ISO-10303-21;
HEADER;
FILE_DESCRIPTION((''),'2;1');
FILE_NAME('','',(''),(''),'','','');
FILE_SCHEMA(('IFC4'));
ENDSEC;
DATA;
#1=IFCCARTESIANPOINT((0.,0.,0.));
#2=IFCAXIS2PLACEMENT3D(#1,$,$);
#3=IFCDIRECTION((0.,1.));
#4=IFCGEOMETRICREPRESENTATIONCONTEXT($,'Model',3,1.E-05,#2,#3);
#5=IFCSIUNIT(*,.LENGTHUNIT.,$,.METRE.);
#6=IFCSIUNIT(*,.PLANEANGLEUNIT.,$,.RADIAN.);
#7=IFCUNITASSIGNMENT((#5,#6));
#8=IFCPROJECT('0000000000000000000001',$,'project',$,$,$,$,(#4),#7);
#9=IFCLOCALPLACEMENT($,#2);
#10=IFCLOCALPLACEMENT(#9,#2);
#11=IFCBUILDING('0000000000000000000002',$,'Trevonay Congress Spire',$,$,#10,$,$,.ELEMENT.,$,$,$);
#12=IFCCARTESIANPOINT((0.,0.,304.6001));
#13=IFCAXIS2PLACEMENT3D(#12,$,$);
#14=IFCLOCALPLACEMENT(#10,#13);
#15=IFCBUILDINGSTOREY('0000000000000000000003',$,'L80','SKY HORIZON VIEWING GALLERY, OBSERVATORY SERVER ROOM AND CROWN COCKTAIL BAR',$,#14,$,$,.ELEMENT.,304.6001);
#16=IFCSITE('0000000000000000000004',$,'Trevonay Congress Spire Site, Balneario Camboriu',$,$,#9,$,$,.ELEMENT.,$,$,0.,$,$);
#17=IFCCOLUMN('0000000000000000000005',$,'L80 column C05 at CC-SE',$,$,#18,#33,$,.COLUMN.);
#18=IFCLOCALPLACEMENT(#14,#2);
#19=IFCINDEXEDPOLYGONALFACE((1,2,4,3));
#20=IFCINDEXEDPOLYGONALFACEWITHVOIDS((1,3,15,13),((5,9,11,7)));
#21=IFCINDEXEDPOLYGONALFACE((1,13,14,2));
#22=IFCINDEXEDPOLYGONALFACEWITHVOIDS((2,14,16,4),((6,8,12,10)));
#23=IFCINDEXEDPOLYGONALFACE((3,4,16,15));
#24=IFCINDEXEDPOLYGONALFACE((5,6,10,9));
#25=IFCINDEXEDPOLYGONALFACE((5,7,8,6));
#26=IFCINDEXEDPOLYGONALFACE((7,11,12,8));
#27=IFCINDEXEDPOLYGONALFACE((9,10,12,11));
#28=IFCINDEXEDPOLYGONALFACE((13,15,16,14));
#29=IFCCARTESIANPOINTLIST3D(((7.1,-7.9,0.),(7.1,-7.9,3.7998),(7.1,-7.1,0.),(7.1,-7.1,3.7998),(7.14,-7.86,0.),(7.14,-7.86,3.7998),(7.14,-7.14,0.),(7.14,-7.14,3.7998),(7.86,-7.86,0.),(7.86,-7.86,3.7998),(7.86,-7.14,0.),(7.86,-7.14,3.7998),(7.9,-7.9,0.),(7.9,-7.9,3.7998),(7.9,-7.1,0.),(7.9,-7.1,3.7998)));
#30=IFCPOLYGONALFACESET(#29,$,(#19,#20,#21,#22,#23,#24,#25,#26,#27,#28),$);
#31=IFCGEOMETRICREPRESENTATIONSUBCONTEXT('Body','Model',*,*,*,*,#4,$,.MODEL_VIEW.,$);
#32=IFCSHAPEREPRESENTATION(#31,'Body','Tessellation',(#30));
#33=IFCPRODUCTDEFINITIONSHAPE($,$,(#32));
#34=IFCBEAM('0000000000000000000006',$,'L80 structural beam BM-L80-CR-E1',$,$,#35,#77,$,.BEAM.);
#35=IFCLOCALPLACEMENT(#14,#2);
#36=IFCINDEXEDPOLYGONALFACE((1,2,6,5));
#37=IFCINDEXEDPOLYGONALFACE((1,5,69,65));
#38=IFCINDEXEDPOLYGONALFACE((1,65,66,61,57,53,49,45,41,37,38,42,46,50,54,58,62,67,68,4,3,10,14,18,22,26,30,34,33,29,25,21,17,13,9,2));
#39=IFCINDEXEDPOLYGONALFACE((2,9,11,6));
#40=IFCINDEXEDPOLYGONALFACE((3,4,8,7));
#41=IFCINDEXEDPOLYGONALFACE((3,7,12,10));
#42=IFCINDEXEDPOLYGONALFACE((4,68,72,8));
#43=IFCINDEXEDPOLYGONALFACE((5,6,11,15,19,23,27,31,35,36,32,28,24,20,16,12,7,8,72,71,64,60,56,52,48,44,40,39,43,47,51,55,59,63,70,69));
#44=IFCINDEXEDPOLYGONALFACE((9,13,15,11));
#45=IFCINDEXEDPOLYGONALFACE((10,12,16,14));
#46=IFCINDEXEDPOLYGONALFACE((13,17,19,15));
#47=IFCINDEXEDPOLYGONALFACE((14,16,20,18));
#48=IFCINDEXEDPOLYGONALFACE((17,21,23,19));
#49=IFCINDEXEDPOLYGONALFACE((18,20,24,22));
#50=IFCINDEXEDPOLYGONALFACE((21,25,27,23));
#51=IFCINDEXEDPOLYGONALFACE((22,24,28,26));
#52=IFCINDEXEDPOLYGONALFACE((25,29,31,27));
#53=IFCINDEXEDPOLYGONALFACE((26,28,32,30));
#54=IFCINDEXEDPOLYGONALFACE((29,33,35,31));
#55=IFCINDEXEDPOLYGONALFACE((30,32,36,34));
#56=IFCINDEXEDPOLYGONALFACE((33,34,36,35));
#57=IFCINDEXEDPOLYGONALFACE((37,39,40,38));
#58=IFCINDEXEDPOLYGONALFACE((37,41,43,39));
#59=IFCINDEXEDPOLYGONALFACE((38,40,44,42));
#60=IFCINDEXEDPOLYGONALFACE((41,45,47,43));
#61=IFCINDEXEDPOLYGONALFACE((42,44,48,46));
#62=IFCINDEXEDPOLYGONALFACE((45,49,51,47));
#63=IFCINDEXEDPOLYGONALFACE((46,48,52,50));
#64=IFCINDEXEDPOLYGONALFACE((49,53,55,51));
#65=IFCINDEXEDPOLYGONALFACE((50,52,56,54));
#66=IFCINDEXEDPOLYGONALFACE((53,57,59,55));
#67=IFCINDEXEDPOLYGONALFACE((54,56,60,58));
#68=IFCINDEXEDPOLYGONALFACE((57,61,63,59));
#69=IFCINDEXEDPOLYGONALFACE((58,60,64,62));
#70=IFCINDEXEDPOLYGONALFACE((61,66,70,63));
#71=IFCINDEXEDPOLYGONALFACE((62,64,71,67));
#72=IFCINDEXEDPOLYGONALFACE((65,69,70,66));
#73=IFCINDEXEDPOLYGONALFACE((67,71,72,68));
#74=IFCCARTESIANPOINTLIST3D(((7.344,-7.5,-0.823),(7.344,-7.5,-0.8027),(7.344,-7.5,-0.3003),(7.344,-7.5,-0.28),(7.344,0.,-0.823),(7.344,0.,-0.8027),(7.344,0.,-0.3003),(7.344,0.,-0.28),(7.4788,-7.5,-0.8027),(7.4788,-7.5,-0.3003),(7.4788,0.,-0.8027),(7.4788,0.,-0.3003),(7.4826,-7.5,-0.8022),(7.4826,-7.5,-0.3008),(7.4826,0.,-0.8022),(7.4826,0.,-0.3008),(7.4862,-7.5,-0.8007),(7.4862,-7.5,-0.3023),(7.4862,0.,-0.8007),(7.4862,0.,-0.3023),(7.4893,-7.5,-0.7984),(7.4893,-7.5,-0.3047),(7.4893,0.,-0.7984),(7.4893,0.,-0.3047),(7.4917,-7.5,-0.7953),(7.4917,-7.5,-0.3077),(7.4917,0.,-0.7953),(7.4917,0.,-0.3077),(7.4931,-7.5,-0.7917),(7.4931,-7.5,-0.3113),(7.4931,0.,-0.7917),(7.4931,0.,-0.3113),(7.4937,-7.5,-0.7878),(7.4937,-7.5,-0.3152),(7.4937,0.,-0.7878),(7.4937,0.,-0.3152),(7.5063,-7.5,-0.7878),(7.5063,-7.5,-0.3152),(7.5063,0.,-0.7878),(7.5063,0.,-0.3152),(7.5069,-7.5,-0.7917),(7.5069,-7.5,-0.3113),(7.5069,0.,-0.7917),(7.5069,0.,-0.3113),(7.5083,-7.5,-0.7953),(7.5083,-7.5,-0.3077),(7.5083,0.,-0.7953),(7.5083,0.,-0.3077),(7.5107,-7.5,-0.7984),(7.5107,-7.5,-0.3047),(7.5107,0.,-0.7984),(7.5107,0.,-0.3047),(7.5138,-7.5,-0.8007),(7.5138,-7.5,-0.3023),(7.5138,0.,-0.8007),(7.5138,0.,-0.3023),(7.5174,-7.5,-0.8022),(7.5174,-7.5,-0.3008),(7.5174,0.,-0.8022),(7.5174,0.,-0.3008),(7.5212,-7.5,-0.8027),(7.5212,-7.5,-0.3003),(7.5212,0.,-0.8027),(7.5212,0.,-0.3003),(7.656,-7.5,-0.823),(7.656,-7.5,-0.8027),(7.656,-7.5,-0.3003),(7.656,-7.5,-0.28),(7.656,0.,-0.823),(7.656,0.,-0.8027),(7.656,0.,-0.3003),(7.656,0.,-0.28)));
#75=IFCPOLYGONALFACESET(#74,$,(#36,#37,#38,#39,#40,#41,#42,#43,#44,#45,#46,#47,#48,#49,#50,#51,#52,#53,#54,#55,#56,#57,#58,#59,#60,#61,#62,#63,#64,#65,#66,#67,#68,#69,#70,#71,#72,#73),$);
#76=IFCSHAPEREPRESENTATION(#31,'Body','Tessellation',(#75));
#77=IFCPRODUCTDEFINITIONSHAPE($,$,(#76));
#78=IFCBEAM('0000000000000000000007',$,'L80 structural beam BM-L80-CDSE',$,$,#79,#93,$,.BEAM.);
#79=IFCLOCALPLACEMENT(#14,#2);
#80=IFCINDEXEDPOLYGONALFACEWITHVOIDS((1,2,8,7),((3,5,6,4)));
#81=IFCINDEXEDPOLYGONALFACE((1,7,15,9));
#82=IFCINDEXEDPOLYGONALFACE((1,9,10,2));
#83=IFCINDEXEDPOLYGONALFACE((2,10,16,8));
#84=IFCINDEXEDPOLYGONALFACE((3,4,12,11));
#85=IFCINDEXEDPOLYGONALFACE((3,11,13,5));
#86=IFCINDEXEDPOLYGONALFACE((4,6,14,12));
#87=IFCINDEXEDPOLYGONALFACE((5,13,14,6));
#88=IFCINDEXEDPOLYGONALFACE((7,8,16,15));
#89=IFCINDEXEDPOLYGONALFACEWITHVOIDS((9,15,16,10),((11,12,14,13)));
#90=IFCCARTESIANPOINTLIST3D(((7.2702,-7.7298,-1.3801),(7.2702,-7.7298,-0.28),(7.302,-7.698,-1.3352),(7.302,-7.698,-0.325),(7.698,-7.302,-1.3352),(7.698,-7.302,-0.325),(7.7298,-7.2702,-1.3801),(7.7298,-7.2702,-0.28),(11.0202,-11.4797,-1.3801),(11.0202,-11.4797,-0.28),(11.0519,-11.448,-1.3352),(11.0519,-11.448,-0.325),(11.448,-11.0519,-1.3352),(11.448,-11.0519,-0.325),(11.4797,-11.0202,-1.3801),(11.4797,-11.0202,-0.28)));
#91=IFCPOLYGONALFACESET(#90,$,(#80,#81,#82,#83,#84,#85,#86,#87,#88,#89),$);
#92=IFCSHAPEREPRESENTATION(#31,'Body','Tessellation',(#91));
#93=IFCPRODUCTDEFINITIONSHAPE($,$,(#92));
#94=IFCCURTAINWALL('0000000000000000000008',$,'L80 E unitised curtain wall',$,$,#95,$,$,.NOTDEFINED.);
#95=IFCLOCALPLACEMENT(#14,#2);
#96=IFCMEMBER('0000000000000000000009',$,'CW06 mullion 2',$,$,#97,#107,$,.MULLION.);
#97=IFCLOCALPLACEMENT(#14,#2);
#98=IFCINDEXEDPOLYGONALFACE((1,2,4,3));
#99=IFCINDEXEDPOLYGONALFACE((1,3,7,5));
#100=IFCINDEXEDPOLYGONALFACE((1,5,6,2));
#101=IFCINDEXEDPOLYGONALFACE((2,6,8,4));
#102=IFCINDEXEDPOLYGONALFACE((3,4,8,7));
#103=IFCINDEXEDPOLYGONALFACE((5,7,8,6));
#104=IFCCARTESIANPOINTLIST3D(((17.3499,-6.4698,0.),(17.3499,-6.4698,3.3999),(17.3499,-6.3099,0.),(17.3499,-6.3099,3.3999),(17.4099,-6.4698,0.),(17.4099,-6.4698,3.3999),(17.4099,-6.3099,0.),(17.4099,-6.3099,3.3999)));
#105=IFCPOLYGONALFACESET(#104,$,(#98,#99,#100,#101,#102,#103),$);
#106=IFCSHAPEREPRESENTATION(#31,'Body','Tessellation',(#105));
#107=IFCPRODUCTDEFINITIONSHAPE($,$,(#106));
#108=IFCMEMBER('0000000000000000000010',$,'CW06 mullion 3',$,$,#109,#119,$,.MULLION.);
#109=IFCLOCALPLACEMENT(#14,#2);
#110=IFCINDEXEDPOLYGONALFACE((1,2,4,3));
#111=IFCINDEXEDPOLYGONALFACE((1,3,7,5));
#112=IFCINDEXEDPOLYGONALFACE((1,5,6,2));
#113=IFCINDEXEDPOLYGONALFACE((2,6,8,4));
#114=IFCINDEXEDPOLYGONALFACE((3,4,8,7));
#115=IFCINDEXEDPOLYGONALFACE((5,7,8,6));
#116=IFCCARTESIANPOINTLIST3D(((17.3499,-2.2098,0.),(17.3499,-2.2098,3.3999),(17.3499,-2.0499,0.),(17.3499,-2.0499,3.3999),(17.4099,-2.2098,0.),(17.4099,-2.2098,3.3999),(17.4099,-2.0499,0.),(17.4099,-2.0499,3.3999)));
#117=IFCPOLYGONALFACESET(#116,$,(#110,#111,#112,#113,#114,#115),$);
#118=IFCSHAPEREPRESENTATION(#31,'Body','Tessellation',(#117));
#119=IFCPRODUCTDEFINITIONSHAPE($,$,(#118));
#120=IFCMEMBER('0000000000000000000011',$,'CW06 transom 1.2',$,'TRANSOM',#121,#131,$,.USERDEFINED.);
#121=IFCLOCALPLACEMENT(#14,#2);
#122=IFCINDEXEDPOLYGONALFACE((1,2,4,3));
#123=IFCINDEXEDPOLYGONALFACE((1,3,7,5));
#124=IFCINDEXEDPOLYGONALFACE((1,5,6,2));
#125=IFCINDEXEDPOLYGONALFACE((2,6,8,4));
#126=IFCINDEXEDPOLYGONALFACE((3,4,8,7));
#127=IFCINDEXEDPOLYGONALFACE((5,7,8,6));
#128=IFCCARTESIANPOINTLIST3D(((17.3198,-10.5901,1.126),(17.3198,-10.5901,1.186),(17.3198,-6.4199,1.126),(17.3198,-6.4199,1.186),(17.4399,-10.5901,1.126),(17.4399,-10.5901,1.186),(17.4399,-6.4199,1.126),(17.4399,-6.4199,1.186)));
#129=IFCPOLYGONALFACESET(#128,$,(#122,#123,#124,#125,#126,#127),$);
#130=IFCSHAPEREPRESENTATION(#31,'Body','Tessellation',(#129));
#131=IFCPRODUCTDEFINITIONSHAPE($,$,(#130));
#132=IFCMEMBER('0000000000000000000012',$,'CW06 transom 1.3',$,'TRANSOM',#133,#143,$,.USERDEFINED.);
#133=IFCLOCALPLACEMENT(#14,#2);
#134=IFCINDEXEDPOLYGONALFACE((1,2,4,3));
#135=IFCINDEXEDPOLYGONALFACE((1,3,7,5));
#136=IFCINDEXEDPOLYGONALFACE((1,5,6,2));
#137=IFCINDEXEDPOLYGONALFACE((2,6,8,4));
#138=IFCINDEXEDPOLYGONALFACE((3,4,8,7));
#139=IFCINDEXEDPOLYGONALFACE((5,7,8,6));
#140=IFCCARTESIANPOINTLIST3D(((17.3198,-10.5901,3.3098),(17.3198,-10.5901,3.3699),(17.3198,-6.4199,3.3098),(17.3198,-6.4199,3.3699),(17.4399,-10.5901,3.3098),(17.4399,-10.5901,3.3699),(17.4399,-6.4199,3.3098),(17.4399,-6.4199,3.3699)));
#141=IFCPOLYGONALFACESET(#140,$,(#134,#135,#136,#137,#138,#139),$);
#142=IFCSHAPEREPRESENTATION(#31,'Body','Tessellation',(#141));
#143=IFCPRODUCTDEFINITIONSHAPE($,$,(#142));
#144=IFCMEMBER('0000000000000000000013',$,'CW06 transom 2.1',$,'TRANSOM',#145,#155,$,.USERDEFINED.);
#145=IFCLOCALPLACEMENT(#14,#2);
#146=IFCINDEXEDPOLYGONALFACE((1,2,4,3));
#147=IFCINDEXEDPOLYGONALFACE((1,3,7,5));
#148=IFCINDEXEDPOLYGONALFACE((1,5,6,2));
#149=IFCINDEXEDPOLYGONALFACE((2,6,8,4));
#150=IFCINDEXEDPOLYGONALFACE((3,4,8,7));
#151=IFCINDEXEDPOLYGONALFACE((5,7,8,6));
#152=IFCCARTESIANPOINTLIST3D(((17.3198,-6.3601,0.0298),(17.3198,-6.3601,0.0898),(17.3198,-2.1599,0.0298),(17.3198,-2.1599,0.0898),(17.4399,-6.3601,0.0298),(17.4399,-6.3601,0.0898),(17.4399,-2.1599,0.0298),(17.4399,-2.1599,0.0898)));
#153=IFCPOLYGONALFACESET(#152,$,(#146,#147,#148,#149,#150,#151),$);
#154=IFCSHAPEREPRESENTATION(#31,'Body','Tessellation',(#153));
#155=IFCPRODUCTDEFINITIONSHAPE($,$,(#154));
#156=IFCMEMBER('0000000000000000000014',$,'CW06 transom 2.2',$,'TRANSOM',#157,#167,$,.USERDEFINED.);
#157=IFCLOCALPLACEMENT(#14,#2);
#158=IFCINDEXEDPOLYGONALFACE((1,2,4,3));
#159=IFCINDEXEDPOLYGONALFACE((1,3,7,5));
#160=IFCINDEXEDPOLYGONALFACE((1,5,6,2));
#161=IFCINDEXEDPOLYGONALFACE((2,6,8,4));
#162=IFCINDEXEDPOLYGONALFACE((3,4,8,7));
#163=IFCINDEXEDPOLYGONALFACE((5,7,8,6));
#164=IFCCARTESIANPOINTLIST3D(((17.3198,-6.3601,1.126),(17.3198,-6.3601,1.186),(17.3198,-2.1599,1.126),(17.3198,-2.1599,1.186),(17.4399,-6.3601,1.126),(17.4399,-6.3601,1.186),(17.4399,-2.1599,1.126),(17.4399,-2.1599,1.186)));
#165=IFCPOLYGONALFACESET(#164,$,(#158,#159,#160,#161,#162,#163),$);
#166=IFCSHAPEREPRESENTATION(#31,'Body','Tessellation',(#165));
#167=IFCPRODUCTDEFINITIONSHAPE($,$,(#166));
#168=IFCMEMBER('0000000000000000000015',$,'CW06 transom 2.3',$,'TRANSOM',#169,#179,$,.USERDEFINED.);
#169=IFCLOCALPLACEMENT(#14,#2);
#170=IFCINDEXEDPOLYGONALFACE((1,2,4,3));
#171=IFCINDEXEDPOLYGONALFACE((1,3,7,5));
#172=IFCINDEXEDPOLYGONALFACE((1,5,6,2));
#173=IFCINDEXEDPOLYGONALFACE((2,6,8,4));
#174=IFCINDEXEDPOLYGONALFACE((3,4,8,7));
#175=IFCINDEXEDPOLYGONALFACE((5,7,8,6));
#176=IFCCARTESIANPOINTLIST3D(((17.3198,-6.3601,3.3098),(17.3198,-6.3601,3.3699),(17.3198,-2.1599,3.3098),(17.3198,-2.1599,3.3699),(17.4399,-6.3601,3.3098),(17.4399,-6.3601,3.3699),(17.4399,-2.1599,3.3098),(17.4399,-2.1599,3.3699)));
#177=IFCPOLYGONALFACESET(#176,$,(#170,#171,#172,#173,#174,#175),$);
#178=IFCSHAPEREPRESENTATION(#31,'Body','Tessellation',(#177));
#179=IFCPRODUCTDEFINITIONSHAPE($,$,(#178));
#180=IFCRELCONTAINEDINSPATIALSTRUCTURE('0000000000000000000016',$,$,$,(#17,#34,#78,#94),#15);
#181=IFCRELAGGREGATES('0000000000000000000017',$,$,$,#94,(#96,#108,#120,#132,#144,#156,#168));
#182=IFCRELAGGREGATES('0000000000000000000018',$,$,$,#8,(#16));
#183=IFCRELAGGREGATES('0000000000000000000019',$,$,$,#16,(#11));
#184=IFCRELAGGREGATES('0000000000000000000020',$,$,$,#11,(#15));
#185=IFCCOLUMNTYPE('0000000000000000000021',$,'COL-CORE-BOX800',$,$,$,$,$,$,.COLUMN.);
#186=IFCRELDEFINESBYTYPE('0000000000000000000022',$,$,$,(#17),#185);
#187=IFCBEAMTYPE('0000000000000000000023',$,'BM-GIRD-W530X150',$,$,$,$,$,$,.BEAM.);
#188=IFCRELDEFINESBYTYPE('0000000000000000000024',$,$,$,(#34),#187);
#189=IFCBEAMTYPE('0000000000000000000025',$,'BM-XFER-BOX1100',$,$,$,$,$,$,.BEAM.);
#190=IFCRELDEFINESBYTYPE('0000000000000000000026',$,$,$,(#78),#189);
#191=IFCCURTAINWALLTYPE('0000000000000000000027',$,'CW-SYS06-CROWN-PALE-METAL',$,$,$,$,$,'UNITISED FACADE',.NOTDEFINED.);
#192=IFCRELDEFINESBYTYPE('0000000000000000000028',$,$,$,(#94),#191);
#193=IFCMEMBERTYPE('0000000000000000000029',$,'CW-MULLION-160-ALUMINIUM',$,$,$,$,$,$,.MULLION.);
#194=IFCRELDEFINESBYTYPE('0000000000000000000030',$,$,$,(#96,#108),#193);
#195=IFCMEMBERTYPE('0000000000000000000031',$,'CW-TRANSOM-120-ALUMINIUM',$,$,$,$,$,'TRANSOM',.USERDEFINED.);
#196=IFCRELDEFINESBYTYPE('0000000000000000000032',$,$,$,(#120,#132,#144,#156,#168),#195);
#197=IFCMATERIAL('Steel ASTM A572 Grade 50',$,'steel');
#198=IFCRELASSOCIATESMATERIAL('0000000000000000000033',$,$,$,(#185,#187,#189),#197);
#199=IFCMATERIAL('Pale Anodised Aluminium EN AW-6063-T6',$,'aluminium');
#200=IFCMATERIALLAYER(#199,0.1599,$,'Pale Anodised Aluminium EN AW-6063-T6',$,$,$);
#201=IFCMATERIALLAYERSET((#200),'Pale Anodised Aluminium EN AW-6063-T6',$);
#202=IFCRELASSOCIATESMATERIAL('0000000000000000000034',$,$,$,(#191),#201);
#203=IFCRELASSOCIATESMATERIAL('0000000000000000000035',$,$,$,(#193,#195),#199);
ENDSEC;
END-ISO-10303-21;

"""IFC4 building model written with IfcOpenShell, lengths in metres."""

from ifc_helpers import new_model, si_unit, direction, frame, origin, origin_2d, place, context, subcontext, project, spatial, rectangle, hollow_rectangle, i_section, extrude, material, layer, layer_set, material_profile, profile_set, type_object, element, aggregate, save


model = new_model("IFC4")

# Units and contexts
model_context = context("Model", 3, precision=1e-05, world=origin(), true_north=direction((0.0, 1.0)))
body_context = subcontext(model_context, "Body", "Model", "MODEL_VIEW")
ifc_project = project(units=[si_unit("LENGTHUNIT", "METRE"), si_unit("PLANEANGLEUNIT", "RADIAN")], contexts=[model_context])

# Site, building, storey
site_placement = place(None, origin())
site = spatial("IfcSite", under=ifc_project, at=site_placement, Name="Trevonay Congress Spire Site, Balneario Camboriu", CompositionType="ELEMENT", RefElevation=0.0)
building_placement = place(site_placement, origin())
building = spatial("IfcBuilding", under=site, at=building_placement, Name="Trevonay Congress Spire", CompositionType="ELEMENT")
storey_placement = place(building_placement, frame((0.0, 0.0, 304.6001)))
storey = spatial("IfcBuildingStorey", under=building, at=storey_placement, Name="L80", Description="SKY HORIZON VIEWING GALLERY, OBSERVATORY SERVER ROOM AND CROWN COCKTAIL BAR", CompositionType="ELEMENT", Elevation=304.6001)

# Column
ifc_material_1 = material(Name="Steel ASTM A572 Grade 50", Category="steel")
ifc_material_profile_1 = material_profile(ifc_material_1, hollow_rectangle(XDim=0.8, YDim=0.8, WallThickness=0.04, at=origin_2d()), Name="BOX 800x800x40")
ifc_profile_set_1 = profile_set([ifc_material_profile_1], Name="Steel ASTM A572 Grade 50")
column_type = type_object("IfcColumnType", Name="COL-CORE-BOX800", PredefinedType="COLUMN", material=ifc_profile_set_1)
column_placement = place(storey_placement, frame((7.5, -7.5, 0.0), z_axis=(0.0, 0.0, 1.0), x_axis=(1.0, 0.0, 0.0)))
element("IfcColumn", 1, at=column_placement, inside=storey, type_object=column_type, Name="L80 column C05 at CC-SE", PredefinedType="COLUMN", context=body_context, shape_type="SweptSolid", body=[
    extrude(hollow_rectangle(XDim=0.8, YDim=0.8, WallThickness=0.04, at=origin_2d()), origin(), (0.0, 0.0, 1.0), 3.7998),
])

# Beams
ifc_material_profile_2 = material_profile(ifc_material_1, i_section(OverallWidth=0.312, OverallDepth=0.543, WebThickness=0.0127, FlangeThickness=0.0203, FilletRadius=0.0149, at=origin_2d()), Name="W530x150")
ifc_profile_set_2 = profile_set([ifc_material_profile_2], Name="Steel ASTM A572 Grade 50")
beam_type_1 = type_object("IfcBeamType", Name="BM-GIRD-W530X150", PredefinedType="BEAM", material=ifc_profile_set_2)
beam_1_placement = place(storey_placement, frame((7.5, -7.5, -0.5515), z_axis=(0.0, 1.0, 0.0), x_axis=(-1.0, 0.0, 0.0)))
element("IfcBeam", 2, at=beam_1_placement, inside=storey, type_object=beam_type_1, Name="L80 structural beam BM-L80-CR-E1", PredefinedType="BEAM", context=body_context, shape_type="SweptSolid", body=[
    extrude(i_section(OverallWidth=0.312, OverallDepth=0.543, WebThickness=0.0127, FlangeThickness=0.0203, FilletRadius=0.0149, at=origin_2d()), origin(), (0.0, 0.0, 1.0), 7.5),
])
ifc_material_profile_3 = material_profile(ifc_material_1, hollow_rectangle(XDim=0.6499, YDim=1.1001, WallThickness=0.0449, at=origin_2d()), Name="BOX 1100x650x45")
ifc_profile_set_3 = profile_set([ifc_material_profile_3], Name="Steel ASTM A572 Grade 50")
beam_type_2 = type_object("IfcBeamType", Name="BM-XFER-BOX1100", PredefinedType="BEAM", material=ifc_profile_set_3)
beam_2_placement = place(storey_placement, frame((7.5, -7.5, -0.8301), z_axis=(0.707107, -0.707107, 0.0), x_axis=(0.707107, 0.707107, 0.0)))
element("IfcBeam", 3, at=beam_2_placement, inside=storey, type_object=beam_type_2, Name="L80 structural beam BM-L80-CDSE", PredefinedType="BEAM", context=body_context, shape_type="SweptSolid", body=[
    extrude(hollow_rectangle(XDim=0.6499, YDim=1.1001, WallThickness=0.0449, at=origin_2d()), origin(), (0.0, 0.0, 1.0), 5.3032),
])

# Curtain wall, members
ifc_material_2 = material(Name="Pale Anodised Aluminium EN AW-6063-T6", Category="aluminium")
ifc_layer_1 = layer(ifc_material_2, 0.1599, Name="Pale Anodised Aluminium EN AW-6063-T6")
ifc_layer_set_1 = layer_set([ifc_layer_1], Name="Pale Anodised Aluminium EN AW-6063-T6")
curtain_wall_type = type_object("IfcCurtainWallType", Name="CW-SYS06-CROWN-PALE-METAL", ElementType="UNITISED FACADE", PredefinedType="NOTDEFINED", material=ifc_layer_set_1)
curtain_wall_placement = place(storey_placement, origin())
curtain_wall = element("IfcCurtainWall", 4, at=curtain_wall_placement, inside=storey, type_object=curtain_wall_type, Name="L80 E unitised curtain wall", PredefinedType="NOTDEFINED")
ifc_material_profile_4 = material_profile(ifc_material_2, rectangle(XDim=0.0601, YDim=0.1599, at=origin_2d()), Name="CW-MULLION-160-ALUMINIUM")
ifc_profile_set_4 = profile_set([ifc_material_profile_4], Name="Pale Anodised Aluminium EN AW-6063-T6")
member_type_1 = type_object("IfcMemberType", Name="CW-MULLION-160-ALUMINIUM", PredefinedType="MULLION", material=ifc_profile_set_4)
member_1_placement = place(storey_placement, frame((17.3799, -6.3899, 0.0), z_axis=(0.0, 0.0, 1.0), x_axis=(-1.0, 0.0, 0.0)))
member_1 = element("IfcMember", 5, at=member_1_placement, type_object=member_type_1, Name="CW06 mullion 2", PredefinedType="MULLION", context=body_context, shape_type="SweptSolid", body=[
    extrude(rectangle(XDim=0.0601, YDim=0.1599, at=origin_2d()), origin(), (0.0, 0.0, 1.0), 3.3999),
])
member_2_placement = place(storey_placement, frame((17.3799, -2.1299, 0.0), z_axis=(0.0, 0.0, 1.0), x_axis=(-1.0, 0.0, 0.0)))
member_2 = element("IfcMember", 6, at=member_2_placement, type_object=member_type_1, Name="CW06 mullion 3", PredefinedType="MULLION", context=body_context, shape_type="SweptSolid", body=[
    extrude(rectangle(XDim=0.0601, YDim=0.1599, at=origin_2d()), origin(), (0.0, 0.0, 1.0), 3.3999),
])
ifc_material_profile_5 = material_profile(ifc_material_2, rectangle(XDim=0.1201, YDim=0.0601, at=origin_2d()), Name="CW-TRANSOM-120-ALUMINIUM")
ifc_profile_set_5 = profile_set([ifc_material_profile_5], Name="Pale Anodised Aluminium EN AW-6063-T6")
member_type_2 = type_object("IfcMemberType", Name="CW-TRANSOM-120-ALUMINIUM", ElementType="TRANSOM", PredefinedType="USERDEFINED", material=ifc_profile_set_5)
member_3_placement = place(storey_placement, frame((17.3799, -10.5901, 1.156), z_axis=(0.0, 1.0, 0.0), x_axis=(-1.0, 0.0, 0.0)))
member_3 = element("IfcMember", 7, at=member_3_placement, type_object=member_type_2, Name="CW06 transom 1.2", ObjectType="TRANSOM", PredefinedType="USERDEFINED", context=body_context, shape_type="SweptSolid", body=[
    extrude(rectangle(XDim=0.1201, YDim=0.0601, at=origin_2d()), origin(), (0.0, 0.0, 1.0), 4.1702),
])
member_4_placement = place(storey_placement, frame((17.3799, -10.5901, 3.3398), z_axis=(0.0, 1.0, 0.0), x_axis=(-1.0, 0.0, 0.0)))
member_4 = element("IfcMember", 8, at=member_4_placement, type_object=member_type_2, Name="CW06 transom 1.3", ObjectType="TRANSOM", PredefinedType="USERDEFINED", context=body_context, shape_type="SweptSolid", body=[
    extrude(rectangle(XDim=0.1201, YDim=0.0601, at=origin_2d()), origin(), (0.0, 0.0, 1.0), 4.1702),
])
member_5_placement = place(storey_placement, frame((17.3799, -6.3601, 0.0598), z_axis=(0.0, 1.0, 0.0), x_axis=(-1.0, 0.0, 0.0)))
member_5 = element("IfcMember", 9, at=member_5_placement, type_object=member_type_2, Name="CW06 transom 2.1", ObjectType="TRANSOM", PredefinedType="USERDEFINED", context=body_context, shape_type="SweptSolid", body=[
    extrude(rectangle(XDim=0.1201, YDim=0.0601, at=origin_2d()), origin(), (0.0, 0.0, 1.0), 4.2002),
])
member_6_placement = place(storey_placement, frame((17.3799, -6.3601, 1.156), z_axis=(0.0, 1.0, 0.0), x_axis=(-1.0, 0.0, 0.0)))
member_6 = element("IfcMember", 10, at=member_6_placement, type_object=member_type_2, Name="CW06 transom 2.2", ObjectType="TRANSOM", PredefinedType="USERDEFINED", context=body_context, shape_type="SweptSolid", body=[
    extrude(rectangle(XDim=0.1201, YDim=0.0601, at=origin_2d()), origin(), (0.0, 0.0, 1.0), 4.2002),
])
member_7_placement = place(storey_placement, frame((17.3799, -6.3601, 3.3398), z_axis=(0.0, 1.0, 0.0), x_axis=(-1.0, 0.0, 0.0)))
member_7 = element("IfcMember", 11, at=member_7_placement, type_object=member_type_2, Name="CW06 transom 2.3", ObjectType="TRANSOM", PredefinedType="USERDEFINED", context=body_context, shape_type="SweptSolid", body=[
    extrude(rectangle(XDim=0.1201, YDim=0.0601, at=origin_2d()), origin(), (0.0, 0.0, 1.0), 4.2002),
])
aggregate(curtain_wall, [member_1, member_2, member_3, member_4, member_5, member_6, member_7])

save(model, "model.ifc")
